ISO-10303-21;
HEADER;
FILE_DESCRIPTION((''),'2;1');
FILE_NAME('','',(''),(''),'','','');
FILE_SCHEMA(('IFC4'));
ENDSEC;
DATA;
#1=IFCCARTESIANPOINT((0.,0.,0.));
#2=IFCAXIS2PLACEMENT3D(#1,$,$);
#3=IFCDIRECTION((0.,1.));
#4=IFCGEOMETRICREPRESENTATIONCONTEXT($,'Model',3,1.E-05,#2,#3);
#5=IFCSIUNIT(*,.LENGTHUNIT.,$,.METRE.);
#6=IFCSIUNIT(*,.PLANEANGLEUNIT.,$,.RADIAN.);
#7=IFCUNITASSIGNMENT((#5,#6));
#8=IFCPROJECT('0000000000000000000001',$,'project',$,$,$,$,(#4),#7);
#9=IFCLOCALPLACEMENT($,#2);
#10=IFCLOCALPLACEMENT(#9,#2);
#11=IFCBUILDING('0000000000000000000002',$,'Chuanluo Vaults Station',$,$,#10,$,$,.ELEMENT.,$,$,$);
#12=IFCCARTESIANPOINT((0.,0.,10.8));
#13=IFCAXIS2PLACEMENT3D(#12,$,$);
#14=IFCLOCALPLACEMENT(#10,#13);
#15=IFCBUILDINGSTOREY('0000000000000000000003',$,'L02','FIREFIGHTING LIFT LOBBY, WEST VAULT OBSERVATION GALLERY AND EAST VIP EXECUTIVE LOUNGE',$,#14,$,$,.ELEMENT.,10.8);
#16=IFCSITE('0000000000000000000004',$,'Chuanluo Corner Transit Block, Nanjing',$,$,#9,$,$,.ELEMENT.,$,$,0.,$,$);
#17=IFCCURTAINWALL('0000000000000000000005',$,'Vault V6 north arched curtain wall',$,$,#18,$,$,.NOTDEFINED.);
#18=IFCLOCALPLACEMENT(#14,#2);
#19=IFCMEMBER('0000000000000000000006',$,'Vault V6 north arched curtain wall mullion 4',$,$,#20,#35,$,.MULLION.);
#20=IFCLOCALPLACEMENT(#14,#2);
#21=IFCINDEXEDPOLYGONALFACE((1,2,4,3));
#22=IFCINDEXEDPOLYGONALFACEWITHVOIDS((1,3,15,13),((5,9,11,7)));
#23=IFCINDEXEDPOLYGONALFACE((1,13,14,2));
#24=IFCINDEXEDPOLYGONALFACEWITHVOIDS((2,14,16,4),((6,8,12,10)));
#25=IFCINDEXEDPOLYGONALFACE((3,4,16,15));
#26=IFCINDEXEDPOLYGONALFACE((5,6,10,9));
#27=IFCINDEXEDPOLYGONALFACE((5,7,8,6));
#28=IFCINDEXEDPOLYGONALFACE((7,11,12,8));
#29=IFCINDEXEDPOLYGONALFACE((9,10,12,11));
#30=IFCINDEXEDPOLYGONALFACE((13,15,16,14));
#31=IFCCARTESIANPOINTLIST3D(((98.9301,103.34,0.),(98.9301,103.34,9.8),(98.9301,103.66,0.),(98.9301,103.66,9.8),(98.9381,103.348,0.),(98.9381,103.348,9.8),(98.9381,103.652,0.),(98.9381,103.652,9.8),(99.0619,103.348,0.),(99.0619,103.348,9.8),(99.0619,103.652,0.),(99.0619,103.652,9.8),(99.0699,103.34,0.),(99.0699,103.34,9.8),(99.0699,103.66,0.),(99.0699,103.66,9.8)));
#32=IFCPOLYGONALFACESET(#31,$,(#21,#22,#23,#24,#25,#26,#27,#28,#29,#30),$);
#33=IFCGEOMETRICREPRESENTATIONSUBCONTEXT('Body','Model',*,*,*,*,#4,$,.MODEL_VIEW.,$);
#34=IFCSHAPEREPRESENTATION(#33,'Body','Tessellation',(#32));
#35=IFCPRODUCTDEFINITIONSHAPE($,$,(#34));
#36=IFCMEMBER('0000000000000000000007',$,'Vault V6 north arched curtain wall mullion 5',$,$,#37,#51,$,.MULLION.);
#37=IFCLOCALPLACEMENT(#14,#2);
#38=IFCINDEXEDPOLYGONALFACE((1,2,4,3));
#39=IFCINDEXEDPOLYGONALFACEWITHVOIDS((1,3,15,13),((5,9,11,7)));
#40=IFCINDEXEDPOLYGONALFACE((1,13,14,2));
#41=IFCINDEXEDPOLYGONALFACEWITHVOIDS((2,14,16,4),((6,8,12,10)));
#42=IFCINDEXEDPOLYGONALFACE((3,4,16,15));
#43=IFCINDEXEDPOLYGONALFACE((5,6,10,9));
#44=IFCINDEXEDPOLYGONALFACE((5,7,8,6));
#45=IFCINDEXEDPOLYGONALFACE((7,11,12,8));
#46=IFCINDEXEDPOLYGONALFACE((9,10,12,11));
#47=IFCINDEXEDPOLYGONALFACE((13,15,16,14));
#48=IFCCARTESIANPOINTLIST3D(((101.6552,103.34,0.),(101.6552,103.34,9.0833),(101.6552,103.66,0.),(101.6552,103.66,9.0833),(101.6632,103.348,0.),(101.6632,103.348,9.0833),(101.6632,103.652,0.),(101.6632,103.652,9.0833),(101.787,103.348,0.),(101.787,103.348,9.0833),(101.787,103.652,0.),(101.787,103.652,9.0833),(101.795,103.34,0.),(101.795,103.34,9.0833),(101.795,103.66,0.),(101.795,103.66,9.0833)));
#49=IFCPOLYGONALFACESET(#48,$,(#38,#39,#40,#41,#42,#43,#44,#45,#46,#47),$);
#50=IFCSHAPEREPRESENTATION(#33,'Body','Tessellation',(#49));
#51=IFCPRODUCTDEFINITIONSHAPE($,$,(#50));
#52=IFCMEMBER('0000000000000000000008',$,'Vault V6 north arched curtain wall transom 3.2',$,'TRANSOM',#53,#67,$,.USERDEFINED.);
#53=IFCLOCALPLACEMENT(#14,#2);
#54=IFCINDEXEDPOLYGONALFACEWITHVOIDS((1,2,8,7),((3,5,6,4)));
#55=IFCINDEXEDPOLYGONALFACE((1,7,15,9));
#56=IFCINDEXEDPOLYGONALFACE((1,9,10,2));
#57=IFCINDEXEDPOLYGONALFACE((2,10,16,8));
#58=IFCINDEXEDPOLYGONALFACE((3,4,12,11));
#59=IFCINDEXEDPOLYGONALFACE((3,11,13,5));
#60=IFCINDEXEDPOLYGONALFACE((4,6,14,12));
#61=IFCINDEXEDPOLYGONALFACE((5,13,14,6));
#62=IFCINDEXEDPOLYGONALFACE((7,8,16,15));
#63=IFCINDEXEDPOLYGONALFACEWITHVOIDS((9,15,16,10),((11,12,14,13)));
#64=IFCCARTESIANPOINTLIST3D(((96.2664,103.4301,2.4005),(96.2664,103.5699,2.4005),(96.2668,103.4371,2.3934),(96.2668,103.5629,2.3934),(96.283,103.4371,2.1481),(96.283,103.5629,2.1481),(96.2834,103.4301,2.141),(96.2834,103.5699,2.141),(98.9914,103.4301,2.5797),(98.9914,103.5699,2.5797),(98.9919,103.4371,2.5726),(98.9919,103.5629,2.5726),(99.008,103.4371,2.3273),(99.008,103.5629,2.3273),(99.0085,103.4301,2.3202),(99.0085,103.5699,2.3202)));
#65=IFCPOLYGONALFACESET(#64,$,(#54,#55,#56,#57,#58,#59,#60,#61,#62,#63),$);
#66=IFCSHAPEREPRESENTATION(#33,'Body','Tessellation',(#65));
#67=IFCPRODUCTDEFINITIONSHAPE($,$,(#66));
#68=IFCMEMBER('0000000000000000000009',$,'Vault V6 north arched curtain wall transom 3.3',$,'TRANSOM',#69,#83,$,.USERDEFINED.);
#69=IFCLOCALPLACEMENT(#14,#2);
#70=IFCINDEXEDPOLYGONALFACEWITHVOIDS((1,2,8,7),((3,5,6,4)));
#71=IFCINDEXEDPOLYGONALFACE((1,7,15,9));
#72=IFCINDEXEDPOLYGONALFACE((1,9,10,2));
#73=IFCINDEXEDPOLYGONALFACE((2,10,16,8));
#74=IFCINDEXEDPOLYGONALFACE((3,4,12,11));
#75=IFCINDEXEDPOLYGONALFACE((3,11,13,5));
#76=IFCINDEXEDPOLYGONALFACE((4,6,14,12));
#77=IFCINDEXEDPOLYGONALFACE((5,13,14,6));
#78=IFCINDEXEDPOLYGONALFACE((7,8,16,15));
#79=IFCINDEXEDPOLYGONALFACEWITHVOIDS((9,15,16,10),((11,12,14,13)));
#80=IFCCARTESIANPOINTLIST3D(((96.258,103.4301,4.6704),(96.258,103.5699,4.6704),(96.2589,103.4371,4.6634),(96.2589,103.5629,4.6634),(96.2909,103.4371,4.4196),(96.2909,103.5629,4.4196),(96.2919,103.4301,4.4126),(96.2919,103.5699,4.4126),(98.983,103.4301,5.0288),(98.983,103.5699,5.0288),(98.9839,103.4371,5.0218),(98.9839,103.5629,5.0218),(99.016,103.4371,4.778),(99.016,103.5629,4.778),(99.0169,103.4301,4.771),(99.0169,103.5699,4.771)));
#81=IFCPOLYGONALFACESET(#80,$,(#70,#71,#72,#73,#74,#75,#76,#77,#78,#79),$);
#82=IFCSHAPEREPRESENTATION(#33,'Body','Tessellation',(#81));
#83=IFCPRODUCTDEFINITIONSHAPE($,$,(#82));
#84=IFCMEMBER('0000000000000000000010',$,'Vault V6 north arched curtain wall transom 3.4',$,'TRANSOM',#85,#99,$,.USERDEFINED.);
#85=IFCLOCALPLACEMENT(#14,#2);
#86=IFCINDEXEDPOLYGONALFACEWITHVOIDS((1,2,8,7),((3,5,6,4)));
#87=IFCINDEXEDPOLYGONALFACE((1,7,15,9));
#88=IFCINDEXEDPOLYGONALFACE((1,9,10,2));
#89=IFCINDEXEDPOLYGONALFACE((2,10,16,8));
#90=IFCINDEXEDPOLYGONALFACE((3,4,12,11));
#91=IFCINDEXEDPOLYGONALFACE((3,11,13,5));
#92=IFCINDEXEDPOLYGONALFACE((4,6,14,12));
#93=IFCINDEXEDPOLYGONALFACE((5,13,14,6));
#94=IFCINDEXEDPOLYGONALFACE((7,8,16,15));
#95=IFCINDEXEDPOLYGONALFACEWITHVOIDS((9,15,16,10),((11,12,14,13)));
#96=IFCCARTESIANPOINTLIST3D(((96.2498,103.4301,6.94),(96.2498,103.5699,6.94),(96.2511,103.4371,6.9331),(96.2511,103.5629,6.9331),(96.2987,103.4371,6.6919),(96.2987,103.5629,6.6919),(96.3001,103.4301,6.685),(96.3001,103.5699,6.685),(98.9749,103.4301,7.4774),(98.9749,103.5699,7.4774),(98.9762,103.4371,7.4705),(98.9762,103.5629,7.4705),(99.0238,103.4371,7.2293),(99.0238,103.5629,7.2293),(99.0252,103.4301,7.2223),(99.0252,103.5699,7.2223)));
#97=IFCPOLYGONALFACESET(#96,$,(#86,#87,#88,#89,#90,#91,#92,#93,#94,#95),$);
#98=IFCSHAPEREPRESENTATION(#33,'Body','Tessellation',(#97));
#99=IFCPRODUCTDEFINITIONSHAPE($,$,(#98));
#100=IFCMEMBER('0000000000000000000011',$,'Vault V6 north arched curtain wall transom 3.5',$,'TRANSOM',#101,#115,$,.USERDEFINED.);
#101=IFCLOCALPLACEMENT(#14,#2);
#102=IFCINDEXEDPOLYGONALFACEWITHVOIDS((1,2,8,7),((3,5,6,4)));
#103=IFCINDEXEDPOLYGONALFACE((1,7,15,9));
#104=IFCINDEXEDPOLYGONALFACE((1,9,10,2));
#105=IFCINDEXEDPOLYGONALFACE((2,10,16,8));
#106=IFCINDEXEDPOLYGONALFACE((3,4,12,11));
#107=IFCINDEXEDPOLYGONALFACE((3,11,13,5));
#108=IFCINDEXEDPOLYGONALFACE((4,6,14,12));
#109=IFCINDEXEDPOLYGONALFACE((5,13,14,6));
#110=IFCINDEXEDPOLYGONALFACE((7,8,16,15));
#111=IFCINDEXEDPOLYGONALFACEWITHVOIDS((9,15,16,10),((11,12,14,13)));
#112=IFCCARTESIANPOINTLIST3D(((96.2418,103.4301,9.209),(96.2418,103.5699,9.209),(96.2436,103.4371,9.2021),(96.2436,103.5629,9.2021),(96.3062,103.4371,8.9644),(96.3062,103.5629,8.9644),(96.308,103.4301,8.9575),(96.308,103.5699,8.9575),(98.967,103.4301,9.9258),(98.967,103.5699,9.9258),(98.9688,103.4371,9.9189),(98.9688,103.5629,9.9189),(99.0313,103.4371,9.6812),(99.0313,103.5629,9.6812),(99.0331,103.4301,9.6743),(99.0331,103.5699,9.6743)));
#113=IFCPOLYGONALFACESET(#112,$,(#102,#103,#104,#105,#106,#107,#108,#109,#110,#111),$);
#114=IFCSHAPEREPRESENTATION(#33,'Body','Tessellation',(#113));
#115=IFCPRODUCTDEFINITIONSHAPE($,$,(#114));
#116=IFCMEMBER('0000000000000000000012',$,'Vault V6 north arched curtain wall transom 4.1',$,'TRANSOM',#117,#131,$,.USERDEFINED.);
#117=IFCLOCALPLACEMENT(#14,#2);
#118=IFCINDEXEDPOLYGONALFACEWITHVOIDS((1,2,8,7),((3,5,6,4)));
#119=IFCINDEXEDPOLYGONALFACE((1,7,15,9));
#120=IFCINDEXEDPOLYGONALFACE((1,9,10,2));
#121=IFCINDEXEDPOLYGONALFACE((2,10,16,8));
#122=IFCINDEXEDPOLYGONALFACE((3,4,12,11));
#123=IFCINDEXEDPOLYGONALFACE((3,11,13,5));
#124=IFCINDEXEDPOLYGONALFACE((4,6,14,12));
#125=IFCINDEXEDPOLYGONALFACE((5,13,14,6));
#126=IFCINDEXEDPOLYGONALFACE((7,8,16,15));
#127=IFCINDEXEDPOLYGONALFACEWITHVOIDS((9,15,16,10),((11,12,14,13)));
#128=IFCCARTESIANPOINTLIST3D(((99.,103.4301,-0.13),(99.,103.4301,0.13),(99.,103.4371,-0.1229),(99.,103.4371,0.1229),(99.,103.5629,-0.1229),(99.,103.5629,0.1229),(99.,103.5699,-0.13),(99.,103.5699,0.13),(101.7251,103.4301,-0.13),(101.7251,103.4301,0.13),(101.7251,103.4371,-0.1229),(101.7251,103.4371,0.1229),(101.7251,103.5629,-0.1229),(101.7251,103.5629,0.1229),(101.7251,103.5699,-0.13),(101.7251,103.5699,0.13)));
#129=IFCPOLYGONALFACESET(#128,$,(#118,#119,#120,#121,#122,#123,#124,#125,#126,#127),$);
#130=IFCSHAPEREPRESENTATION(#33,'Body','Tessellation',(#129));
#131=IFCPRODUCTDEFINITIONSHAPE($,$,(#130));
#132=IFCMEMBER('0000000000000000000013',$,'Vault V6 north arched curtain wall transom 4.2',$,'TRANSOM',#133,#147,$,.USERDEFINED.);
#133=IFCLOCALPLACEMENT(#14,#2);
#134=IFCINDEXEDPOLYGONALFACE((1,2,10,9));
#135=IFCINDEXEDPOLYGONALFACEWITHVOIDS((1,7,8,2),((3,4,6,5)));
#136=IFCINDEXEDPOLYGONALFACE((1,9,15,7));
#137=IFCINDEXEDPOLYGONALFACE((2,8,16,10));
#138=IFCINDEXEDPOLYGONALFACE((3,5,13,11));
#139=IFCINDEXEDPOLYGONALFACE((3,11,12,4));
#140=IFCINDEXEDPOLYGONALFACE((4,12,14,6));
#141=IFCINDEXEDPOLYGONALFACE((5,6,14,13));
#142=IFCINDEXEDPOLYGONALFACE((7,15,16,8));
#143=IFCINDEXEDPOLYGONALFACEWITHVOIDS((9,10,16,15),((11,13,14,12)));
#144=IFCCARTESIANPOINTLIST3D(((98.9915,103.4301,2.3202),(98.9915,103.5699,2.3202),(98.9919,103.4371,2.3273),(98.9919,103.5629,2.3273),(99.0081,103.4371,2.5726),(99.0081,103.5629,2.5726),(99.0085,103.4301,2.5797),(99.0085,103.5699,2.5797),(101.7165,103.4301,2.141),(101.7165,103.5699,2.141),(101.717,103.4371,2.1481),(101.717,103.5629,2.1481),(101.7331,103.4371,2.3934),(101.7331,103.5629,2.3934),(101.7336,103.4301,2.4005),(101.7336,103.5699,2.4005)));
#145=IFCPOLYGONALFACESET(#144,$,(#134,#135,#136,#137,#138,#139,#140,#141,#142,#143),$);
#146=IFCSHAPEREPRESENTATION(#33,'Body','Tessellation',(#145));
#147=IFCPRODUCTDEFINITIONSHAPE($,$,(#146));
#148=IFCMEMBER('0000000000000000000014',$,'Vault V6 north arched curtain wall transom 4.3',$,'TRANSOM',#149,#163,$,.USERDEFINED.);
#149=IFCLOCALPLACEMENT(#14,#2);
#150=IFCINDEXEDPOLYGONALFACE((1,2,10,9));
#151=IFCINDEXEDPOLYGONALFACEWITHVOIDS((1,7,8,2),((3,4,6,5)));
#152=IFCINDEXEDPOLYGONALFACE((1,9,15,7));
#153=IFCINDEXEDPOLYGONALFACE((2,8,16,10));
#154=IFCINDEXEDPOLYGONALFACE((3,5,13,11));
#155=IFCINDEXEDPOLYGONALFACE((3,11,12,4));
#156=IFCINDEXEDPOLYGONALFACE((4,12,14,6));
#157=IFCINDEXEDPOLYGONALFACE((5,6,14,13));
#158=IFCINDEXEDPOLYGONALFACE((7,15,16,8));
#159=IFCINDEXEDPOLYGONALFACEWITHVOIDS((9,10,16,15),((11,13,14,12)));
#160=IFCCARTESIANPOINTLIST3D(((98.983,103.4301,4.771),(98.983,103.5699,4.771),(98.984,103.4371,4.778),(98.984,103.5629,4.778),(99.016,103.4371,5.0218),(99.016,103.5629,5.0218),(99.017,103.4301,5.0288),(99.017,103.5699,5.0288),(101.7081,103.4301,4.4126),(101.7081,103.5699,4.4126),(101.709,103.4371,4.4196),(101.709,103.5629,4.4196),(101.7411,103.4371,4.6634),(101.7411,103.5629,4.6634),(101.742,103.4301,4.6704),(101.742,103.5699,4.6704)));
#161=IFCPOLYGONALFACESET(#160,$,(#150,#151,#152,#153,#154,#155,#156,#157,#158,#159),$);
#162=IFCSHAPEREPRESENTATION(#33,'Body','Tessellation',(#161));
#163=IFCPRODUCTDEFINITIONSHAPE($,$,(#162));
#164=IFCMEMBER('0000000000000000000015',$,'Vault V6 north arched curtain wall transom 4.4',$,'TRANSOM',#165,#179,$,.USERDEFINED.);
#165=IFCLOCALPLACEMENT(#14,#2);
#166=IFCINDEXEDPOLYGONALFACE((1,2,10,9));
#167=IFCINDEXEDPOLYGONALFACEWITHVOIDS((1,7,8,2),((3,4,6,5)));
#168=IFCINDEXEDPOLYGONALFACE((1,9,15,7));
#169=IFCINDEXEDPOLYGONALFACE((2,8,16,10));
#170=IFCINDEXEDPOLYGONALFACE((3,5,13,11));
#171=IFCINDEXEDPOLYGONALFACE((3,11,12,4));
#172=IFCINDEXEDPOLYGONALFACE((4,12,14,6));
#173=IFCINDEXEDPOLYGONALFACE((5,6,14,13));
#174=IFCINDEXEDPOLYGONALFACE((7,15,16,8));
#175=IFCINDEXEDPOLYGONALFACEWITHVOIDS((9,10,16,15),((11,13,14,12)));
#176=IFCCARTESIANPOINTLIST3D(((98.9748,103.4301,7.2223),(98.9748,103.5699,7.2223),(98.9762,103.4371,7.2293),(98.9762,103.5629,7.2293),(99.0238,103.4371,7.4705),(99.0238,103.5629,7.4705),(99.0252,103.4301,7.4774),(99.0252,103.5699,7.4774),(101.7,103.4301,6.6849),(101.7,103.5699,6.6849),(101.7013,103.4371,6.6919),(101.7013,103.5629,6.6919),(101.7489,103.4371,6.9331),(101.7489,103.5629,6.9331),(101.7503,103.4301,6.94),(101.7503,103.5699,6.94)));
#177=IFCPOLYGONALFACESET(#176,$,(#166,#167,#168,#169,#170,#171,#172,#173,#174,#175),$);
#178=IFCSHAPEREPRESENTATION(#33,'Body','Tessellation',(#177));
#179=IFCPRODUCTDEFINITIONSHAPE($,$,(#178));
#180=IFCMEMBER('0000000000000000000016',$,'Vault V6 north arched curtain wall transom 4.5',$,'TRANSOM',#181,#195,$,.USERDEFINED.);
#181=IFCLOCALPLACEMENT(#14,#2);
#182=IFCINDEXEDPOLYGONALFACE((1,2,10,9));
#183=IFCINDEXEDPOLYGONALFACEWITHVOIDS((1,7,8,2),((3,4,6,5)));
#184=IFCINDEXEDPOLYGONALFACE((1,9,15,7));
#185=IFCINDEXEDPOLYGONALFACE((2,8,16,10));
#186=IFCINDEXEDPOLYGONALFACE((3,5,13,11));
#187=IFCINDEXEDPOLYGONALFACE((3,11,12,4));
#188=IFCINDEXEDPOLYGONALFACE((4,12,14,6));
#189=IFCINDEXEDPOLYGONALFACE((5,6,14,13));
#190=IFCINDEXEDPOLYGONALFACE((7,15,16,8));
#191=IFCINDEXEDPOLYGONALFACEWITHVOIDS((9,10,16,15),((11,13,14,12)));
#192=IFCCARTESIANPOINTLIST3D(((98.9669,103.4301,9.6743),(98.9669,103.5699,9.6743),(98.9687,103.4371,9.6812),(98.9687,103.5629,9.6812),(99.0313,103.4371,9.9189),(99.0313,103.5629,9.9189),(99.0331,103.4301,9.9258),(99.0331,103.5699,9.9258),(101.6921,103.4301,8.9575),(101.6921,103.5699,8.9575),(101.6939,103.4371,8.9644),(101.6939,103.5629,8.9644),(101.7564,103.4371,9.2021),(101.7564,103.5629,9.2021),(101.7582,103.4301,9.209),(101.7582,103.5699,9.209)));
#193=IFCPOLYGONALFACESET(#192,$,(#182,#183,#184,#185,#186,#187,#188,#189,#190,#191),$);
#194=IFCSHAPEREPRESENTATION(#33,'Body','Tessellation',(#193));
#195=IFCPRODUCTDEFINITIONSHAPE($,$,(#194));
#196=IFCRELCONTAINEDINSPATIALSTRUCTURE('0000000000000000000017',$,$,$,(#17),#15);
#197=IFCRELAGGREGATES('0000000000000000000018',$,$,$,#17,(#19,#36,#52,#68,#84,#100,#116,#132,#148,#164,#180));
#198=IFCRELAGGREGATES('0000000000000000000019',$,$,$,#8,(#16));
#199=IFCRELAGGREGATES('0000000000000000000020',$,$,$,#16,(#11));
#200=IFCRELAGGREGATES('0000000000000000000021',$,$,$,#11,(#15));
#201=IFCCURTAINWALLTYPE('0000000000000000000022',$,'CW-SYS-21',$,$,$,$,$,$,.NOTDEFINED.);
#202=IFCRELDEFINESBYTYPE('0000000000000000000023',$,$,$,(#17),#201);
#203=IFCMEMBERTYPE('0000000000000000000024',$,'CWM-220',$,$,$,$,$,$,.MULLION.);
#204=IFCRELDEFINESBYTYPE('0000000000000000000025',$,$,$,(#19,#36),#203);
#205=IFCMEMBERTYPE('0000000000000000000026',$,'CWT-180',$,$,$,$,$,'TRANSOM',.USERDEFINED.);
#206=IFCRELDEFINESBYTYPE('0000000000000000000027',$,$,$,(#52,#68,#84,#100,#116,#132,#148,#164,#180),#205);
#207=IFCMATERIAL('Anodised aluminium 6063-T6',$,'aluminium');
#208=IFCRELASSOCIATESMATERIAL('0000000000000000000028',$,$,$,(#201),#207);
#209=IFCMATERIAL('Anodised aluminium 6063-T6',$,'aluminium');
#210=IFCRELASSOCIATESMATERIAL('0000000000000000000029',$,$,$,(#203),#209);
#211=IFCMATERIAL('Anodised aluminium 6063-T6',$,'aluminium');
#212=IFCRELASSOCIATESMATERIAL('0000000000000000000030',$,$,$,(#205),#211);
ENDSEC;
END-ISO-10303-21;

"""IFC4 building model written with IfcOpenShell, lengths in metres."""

from ifc_helpers import new_model, si_unit, direction, frame, origin, origin_2d, place, context, subcontext, project, spatial, hollow_rectangle, extrude, material, material_profile, profile_set, type_object, element, aggregate, save


model = new_model("IFC4")

# Units and contexts
model_context = context("Model", 3, precision=1e-05, world=origin(), true_north=direction((0.0, 1.0)))
body_context = subcontext(model_context, "Body", "Model", "MODEL_VIEW")
ifc_project = project(units=[si_unit("LENGTHUNIT", "METRE"), si_unit("PLANEANGLEUNIT", "RADIAN")], contexts=[model_context])

# Site, building, storey
site_placement = place(None, origin())
site = spatial("IfcSite", under=ifc_project, at=site_placement, Name="Chuanluo Corner Transit Block, Nanjing", CompositionType="ELEMENT", RefElevation=0.0)
building_placement = place(site_placement, origin())
building = spatial("IfcBuilding", under=site, at=building_placement, Name="Chuanluo Vaults Station", CompositionType="ELEMENT")
storey_placement = place(building_placement, frame((0.0, 0.0, 10.8)))
storey = spatial("IfcBuildingStorey", under=building, at=storey_placement, Name="L02", Description="FIREFIGHTING LIFT LOBBY, WEST VAULT OBSERVATION GALLERY AND EAST VIP EXECUTIVE LOUNGE", CompositionType="ELEMENT", Elevation=10.8)

# Curtain wall, members
ifc_material_1 = material(Name="Anodised aluminium 6063-T6", Category="aluminium")
curtain_wall_type = type_object("IfcCurtainWallType", Name="CW-SYS-21", PredefinedType="NOTDEFINED", material=ifc_material_1)
curtain_wall_placement = place(storey_placement, origin())
curtain_wall = element("IfcCurtainWall", 1, at=curtain_wall_placement, inside=storey, type_object=curtain_wall_type, Name="Vault V6 north arched curtain wall", PredefinedType="NOTDEFINED")
ifc_material_2 = material(Name="Anodised aluminium 6063-T6", Category="aluminium")
ifc_material_profile_1 = material_profile(ifc_material_2, hollow_rectangle(XDim=0.1399, YDim=0.3201, WallThickness=0.0081, at=origin_2d()))
ifc_profile_set_1 = profile_set([ifc_material_profile_1], Name="Anodised aluminium 6063-T6")
member_type_1 = type_object("IfcMemberType", Name="CWM-220", PredefinedType="MULLION", material=ifc_profile_set_1)
member_1_placement = place(storey_placement, frame((99.0, 103.5, 0.0), z_axis=(0.0, 0.0, 1.0), x_axis=(1.0, 0.0, 0.0)))
member_1 = element("IfcMember", 2, at=member_1_placement, type_object=member_type_1, Name="Vault V6 north arched curtain wall mullion 4", PredefinedType="MULLION", context=body_context, shape_type="SweptSolid", body=[
    extrude(hollow_rectangle(XDim=0.1399, YDim=0.3201, WallThickness=0.0081, at=origin_2d()), origin(), (0.0, 0.0, 1.0), 9.8),
])
member_2_placement = place(storey_placement, frame((101.7251, 103.5, 0.0), z_axis=(0.0, 0.0, 1.0), x_axis=(1.0, 0.0, 0.0)))
member_2 = element("IfcMember", 3, at=member_2_placement, type_object=member_type_1, Name="Vault V6 north arched curtain wall mullion 5", PredefinedType="MULLION", context=body_context, shape_type="SweptSolid", body=[
    extrude(hollow_rectangle(XDim=0.1399, YDim=0.3201, WallThickness=0.0081, at=origin_2d()), origin(), (0.0, 0.0, 1.0), 9.0833),
])
ifc_material_3 = material(Name="Anodised aluminium 6063-T6", Category="aluminium")
ifc_material_profile_2 = material_profile(ifc_material_3, hollow_rectangle(XDim=0.1399, YDim=0.26, WallThickness=0.0071, at=origin_2d()))
ifc_profile_set_2 = profile_set([ifc_material_profile_2], Name="Anodised aluminium 6063-T6")
member_type_2 = type_object("IfcMemberType", Name="CWT-180", ElementType="TRANSOM", PredefinedType="USERDEFINED", material=ifc_profile_set_2)
member_3_placement = place(storey_placement, frame((96.2749, 103.5, 2.2708), z_axis=(0.997845, 0.0, 0.065617), x_axis=(0.0, 1.0, 0.0)))
member_3 = element("IfcMember", 4, at=member_3_placement, type_object=member_type_2, Name="Vault V6 north arched curtain wall transom 3.2", ObjectType="TRANSOM", PredefinedType="USERDEFINED", context=body_context, shape_type="SweptSolid", body=[
    extrude(hollow_rectangle(XDim=0.1399, YDim=0.26, WallThickness=0.0071, at=origin_2d()), origin(), (0.0, 0.0, 1.0), 2.731),
])
member_4_placement = place(storey_placement, frame((96.2749, 103.5, 4.5415), z_axis=(0.991462, 0.0, 0.130395), x_axis=(0.0, 1.0, 0.0)))
member_4 = element("IfcMember", 5, at=member_4_placement, type_object=member_type_2, Name="Vault V6 north arched curtain wall transom 3.3", ObjectType="TRANSOM", PredefinedType="USERDEFINED", context=body_context, shape_type="SweptSolid", body=[
    extrude(hollow_rectangle(XDim=0.1399, YDim=0.26, WallThickness=0.0071, at=origin_2d()), origin(), (0.0, 0.0, 1.0), 2.7485),
])
member_5_placement = place(storey_placement, frame((96.2749, 103.5, 6.8125), z_axis=(0.981108, 0.0, 0.193462), x_axis=(0.0, 1.0, 0.0)))
member_5 = element("IfcMember", 6, at=member_5_placement, type_object=member_type_2, Name="Vault V6 north arched curtain wall transom 3.4", ObjectType="TRANSOM", PredefinedType="USERDEFINED", context=body_context, shape_type="SweptSolid", body=[
    extrude(hollow_rectangle(XDim=0.1399, YDim=0.26, WallThickness=0.0071, at=origin_2d()), origin(), (0.0, 0.0, 1.0), 2.7776),
])
member_6_placement = place(storey_placement, frame((96.2749, 103.5, 9.0833), z_axis=(0.967104, 0.0, 0.254382), x_axis=(0.0, 1.0, 0.0)))
member_6 = element("IfcMember", 7, at=member_6_placement, type_object=member_type_2, Name="Vault V6 north arched curtain wall transom 3.5", ObjectType="TRANSOM", PredefinedType="USERDEFINED", context=body_context, shape_type="SweptSolid", body=[
    extrude(hollow_rectangle(XDim=0.1399, YDim=0.26, WallThickness=0.0071, at=origin_2d()), origin(), (0.0, 0.0, 1.0), 2.8179),
])
member_7_placement = place(storey_placement, frame((99.0, 103.5, 0.0), z_axis=(1.0, 0.0, 0.0), x_axis=(0.0, 1.0, 0.0)))
member_7 = element("IfcMember", 8, at=member_7_placement, type_object=member_type_2, Name="Vault V6 north arched curtain wall transom 4.1", ObjectType="TRANSOM", PredefinedType="USERDEFINED", context=body_context, shape_type="SweptSolid", body=[
    extrude(hollow_rectangle(XDim=0.1399, YDim=0.26, WallThickness=0.0071, at=origin_2d()), origin(), (0.0, 0.0, 1.0), 2.7251),
])
member_8_placement = place(storey_placement, frame((99.0, 103.5, 2.45), z_axis=(0.997845, 0.0, -0.065617), x_axis=(0.0, 1.0, 0.0)))
member_8 = element("IfcMember", 9, at=member_8_placement, type_object=member_type_2, Name="Vault V6 north arched curtain wall transom 4.2", ObjectType="TRANSOM", PredefinedType="USERDEFINED", context=body_context, shape_type="SweptSolid", body=[
    extrude(hollow_rectangle(XDim=0.1399, YDim=0.26, WallThickness=0.0071, at=origin_2d()), origin(), (0.0, 0.0, 1.0), 2.731),
])
member_9_placement = place(storey_placement, frame((99.0, 103.5, 4.8999), z_axis=(0.991462, 0.0, -0.130395), x_axis=(0.0, 1.0, 0.0)))
member_9 = element("IfcMember", 10, at=member_9_placement, type_object=member_type_2, Name="Vault V6 north arched curtain wall transom 4.3", ObjectType="TRANSOM", PredefinedType="USERDEFINED", context=body_context, shape_type="SweptSolid", body=[
    extrude(hollow_rectangle(XDim=0.1399, YDim=0.26, WallThickness=0.0071, at=origin_2d()), origin(), (0.0, 0.0, 1.0), 2.7485),
])
member_10_placement = place(storey_placement, frame((99.0, 103.5, 7.3499), z_axis=(0.981108, 0.0, -0.193462), x_axis=(0.0, 1.0, 0.0)))
member_10 = element("IfcMember", 11, at=member_10_placement, type_object=member_type_2, Name="Vault V6 north arched curtain wall transom 4.4", ObjectType="TRANSOM", PredefinedType="USERDEFINED", context=body_context, shape_type="SweptSolid", body=[
    extrude(hollow_rectangle(XDim=0.1399, YDim=0.26, WallThickness=0.0071, at=origin_2d()), origin(), (0.0, 0.0, 1.0), 2.7776),
])
member_11_placement = place(storey_placement, frame((99.0, 103.5, 9.8), z_axis=(0.967104, 0.0, -0.254382), x_axis=(0.0, 1.0, 0.0)))
member_11 = element("IfcMember", 12, at=member_11_placement, type_object=member_type_2, Name="Vault V6 north arched curtain wall transom 4.5", ObjectType="TRANSOM", PredefinedType="USERDEFINED", context=body_context, shape_type="SweptSolid", body=[
    extrude(hollow_rectangle(XDim=0.1399, YDim=0.26, WallThickness=0.0071, at=origin_2d()), origin(), (0.0, 0.0, 1.0), 2.8179),
])
aggregate(curtain_wall, [member_1, member_2, member_3, member_4, member_5, member_6, member_7, member_8, member_9, member_10, member_11])

save(model, "model.ifc")
